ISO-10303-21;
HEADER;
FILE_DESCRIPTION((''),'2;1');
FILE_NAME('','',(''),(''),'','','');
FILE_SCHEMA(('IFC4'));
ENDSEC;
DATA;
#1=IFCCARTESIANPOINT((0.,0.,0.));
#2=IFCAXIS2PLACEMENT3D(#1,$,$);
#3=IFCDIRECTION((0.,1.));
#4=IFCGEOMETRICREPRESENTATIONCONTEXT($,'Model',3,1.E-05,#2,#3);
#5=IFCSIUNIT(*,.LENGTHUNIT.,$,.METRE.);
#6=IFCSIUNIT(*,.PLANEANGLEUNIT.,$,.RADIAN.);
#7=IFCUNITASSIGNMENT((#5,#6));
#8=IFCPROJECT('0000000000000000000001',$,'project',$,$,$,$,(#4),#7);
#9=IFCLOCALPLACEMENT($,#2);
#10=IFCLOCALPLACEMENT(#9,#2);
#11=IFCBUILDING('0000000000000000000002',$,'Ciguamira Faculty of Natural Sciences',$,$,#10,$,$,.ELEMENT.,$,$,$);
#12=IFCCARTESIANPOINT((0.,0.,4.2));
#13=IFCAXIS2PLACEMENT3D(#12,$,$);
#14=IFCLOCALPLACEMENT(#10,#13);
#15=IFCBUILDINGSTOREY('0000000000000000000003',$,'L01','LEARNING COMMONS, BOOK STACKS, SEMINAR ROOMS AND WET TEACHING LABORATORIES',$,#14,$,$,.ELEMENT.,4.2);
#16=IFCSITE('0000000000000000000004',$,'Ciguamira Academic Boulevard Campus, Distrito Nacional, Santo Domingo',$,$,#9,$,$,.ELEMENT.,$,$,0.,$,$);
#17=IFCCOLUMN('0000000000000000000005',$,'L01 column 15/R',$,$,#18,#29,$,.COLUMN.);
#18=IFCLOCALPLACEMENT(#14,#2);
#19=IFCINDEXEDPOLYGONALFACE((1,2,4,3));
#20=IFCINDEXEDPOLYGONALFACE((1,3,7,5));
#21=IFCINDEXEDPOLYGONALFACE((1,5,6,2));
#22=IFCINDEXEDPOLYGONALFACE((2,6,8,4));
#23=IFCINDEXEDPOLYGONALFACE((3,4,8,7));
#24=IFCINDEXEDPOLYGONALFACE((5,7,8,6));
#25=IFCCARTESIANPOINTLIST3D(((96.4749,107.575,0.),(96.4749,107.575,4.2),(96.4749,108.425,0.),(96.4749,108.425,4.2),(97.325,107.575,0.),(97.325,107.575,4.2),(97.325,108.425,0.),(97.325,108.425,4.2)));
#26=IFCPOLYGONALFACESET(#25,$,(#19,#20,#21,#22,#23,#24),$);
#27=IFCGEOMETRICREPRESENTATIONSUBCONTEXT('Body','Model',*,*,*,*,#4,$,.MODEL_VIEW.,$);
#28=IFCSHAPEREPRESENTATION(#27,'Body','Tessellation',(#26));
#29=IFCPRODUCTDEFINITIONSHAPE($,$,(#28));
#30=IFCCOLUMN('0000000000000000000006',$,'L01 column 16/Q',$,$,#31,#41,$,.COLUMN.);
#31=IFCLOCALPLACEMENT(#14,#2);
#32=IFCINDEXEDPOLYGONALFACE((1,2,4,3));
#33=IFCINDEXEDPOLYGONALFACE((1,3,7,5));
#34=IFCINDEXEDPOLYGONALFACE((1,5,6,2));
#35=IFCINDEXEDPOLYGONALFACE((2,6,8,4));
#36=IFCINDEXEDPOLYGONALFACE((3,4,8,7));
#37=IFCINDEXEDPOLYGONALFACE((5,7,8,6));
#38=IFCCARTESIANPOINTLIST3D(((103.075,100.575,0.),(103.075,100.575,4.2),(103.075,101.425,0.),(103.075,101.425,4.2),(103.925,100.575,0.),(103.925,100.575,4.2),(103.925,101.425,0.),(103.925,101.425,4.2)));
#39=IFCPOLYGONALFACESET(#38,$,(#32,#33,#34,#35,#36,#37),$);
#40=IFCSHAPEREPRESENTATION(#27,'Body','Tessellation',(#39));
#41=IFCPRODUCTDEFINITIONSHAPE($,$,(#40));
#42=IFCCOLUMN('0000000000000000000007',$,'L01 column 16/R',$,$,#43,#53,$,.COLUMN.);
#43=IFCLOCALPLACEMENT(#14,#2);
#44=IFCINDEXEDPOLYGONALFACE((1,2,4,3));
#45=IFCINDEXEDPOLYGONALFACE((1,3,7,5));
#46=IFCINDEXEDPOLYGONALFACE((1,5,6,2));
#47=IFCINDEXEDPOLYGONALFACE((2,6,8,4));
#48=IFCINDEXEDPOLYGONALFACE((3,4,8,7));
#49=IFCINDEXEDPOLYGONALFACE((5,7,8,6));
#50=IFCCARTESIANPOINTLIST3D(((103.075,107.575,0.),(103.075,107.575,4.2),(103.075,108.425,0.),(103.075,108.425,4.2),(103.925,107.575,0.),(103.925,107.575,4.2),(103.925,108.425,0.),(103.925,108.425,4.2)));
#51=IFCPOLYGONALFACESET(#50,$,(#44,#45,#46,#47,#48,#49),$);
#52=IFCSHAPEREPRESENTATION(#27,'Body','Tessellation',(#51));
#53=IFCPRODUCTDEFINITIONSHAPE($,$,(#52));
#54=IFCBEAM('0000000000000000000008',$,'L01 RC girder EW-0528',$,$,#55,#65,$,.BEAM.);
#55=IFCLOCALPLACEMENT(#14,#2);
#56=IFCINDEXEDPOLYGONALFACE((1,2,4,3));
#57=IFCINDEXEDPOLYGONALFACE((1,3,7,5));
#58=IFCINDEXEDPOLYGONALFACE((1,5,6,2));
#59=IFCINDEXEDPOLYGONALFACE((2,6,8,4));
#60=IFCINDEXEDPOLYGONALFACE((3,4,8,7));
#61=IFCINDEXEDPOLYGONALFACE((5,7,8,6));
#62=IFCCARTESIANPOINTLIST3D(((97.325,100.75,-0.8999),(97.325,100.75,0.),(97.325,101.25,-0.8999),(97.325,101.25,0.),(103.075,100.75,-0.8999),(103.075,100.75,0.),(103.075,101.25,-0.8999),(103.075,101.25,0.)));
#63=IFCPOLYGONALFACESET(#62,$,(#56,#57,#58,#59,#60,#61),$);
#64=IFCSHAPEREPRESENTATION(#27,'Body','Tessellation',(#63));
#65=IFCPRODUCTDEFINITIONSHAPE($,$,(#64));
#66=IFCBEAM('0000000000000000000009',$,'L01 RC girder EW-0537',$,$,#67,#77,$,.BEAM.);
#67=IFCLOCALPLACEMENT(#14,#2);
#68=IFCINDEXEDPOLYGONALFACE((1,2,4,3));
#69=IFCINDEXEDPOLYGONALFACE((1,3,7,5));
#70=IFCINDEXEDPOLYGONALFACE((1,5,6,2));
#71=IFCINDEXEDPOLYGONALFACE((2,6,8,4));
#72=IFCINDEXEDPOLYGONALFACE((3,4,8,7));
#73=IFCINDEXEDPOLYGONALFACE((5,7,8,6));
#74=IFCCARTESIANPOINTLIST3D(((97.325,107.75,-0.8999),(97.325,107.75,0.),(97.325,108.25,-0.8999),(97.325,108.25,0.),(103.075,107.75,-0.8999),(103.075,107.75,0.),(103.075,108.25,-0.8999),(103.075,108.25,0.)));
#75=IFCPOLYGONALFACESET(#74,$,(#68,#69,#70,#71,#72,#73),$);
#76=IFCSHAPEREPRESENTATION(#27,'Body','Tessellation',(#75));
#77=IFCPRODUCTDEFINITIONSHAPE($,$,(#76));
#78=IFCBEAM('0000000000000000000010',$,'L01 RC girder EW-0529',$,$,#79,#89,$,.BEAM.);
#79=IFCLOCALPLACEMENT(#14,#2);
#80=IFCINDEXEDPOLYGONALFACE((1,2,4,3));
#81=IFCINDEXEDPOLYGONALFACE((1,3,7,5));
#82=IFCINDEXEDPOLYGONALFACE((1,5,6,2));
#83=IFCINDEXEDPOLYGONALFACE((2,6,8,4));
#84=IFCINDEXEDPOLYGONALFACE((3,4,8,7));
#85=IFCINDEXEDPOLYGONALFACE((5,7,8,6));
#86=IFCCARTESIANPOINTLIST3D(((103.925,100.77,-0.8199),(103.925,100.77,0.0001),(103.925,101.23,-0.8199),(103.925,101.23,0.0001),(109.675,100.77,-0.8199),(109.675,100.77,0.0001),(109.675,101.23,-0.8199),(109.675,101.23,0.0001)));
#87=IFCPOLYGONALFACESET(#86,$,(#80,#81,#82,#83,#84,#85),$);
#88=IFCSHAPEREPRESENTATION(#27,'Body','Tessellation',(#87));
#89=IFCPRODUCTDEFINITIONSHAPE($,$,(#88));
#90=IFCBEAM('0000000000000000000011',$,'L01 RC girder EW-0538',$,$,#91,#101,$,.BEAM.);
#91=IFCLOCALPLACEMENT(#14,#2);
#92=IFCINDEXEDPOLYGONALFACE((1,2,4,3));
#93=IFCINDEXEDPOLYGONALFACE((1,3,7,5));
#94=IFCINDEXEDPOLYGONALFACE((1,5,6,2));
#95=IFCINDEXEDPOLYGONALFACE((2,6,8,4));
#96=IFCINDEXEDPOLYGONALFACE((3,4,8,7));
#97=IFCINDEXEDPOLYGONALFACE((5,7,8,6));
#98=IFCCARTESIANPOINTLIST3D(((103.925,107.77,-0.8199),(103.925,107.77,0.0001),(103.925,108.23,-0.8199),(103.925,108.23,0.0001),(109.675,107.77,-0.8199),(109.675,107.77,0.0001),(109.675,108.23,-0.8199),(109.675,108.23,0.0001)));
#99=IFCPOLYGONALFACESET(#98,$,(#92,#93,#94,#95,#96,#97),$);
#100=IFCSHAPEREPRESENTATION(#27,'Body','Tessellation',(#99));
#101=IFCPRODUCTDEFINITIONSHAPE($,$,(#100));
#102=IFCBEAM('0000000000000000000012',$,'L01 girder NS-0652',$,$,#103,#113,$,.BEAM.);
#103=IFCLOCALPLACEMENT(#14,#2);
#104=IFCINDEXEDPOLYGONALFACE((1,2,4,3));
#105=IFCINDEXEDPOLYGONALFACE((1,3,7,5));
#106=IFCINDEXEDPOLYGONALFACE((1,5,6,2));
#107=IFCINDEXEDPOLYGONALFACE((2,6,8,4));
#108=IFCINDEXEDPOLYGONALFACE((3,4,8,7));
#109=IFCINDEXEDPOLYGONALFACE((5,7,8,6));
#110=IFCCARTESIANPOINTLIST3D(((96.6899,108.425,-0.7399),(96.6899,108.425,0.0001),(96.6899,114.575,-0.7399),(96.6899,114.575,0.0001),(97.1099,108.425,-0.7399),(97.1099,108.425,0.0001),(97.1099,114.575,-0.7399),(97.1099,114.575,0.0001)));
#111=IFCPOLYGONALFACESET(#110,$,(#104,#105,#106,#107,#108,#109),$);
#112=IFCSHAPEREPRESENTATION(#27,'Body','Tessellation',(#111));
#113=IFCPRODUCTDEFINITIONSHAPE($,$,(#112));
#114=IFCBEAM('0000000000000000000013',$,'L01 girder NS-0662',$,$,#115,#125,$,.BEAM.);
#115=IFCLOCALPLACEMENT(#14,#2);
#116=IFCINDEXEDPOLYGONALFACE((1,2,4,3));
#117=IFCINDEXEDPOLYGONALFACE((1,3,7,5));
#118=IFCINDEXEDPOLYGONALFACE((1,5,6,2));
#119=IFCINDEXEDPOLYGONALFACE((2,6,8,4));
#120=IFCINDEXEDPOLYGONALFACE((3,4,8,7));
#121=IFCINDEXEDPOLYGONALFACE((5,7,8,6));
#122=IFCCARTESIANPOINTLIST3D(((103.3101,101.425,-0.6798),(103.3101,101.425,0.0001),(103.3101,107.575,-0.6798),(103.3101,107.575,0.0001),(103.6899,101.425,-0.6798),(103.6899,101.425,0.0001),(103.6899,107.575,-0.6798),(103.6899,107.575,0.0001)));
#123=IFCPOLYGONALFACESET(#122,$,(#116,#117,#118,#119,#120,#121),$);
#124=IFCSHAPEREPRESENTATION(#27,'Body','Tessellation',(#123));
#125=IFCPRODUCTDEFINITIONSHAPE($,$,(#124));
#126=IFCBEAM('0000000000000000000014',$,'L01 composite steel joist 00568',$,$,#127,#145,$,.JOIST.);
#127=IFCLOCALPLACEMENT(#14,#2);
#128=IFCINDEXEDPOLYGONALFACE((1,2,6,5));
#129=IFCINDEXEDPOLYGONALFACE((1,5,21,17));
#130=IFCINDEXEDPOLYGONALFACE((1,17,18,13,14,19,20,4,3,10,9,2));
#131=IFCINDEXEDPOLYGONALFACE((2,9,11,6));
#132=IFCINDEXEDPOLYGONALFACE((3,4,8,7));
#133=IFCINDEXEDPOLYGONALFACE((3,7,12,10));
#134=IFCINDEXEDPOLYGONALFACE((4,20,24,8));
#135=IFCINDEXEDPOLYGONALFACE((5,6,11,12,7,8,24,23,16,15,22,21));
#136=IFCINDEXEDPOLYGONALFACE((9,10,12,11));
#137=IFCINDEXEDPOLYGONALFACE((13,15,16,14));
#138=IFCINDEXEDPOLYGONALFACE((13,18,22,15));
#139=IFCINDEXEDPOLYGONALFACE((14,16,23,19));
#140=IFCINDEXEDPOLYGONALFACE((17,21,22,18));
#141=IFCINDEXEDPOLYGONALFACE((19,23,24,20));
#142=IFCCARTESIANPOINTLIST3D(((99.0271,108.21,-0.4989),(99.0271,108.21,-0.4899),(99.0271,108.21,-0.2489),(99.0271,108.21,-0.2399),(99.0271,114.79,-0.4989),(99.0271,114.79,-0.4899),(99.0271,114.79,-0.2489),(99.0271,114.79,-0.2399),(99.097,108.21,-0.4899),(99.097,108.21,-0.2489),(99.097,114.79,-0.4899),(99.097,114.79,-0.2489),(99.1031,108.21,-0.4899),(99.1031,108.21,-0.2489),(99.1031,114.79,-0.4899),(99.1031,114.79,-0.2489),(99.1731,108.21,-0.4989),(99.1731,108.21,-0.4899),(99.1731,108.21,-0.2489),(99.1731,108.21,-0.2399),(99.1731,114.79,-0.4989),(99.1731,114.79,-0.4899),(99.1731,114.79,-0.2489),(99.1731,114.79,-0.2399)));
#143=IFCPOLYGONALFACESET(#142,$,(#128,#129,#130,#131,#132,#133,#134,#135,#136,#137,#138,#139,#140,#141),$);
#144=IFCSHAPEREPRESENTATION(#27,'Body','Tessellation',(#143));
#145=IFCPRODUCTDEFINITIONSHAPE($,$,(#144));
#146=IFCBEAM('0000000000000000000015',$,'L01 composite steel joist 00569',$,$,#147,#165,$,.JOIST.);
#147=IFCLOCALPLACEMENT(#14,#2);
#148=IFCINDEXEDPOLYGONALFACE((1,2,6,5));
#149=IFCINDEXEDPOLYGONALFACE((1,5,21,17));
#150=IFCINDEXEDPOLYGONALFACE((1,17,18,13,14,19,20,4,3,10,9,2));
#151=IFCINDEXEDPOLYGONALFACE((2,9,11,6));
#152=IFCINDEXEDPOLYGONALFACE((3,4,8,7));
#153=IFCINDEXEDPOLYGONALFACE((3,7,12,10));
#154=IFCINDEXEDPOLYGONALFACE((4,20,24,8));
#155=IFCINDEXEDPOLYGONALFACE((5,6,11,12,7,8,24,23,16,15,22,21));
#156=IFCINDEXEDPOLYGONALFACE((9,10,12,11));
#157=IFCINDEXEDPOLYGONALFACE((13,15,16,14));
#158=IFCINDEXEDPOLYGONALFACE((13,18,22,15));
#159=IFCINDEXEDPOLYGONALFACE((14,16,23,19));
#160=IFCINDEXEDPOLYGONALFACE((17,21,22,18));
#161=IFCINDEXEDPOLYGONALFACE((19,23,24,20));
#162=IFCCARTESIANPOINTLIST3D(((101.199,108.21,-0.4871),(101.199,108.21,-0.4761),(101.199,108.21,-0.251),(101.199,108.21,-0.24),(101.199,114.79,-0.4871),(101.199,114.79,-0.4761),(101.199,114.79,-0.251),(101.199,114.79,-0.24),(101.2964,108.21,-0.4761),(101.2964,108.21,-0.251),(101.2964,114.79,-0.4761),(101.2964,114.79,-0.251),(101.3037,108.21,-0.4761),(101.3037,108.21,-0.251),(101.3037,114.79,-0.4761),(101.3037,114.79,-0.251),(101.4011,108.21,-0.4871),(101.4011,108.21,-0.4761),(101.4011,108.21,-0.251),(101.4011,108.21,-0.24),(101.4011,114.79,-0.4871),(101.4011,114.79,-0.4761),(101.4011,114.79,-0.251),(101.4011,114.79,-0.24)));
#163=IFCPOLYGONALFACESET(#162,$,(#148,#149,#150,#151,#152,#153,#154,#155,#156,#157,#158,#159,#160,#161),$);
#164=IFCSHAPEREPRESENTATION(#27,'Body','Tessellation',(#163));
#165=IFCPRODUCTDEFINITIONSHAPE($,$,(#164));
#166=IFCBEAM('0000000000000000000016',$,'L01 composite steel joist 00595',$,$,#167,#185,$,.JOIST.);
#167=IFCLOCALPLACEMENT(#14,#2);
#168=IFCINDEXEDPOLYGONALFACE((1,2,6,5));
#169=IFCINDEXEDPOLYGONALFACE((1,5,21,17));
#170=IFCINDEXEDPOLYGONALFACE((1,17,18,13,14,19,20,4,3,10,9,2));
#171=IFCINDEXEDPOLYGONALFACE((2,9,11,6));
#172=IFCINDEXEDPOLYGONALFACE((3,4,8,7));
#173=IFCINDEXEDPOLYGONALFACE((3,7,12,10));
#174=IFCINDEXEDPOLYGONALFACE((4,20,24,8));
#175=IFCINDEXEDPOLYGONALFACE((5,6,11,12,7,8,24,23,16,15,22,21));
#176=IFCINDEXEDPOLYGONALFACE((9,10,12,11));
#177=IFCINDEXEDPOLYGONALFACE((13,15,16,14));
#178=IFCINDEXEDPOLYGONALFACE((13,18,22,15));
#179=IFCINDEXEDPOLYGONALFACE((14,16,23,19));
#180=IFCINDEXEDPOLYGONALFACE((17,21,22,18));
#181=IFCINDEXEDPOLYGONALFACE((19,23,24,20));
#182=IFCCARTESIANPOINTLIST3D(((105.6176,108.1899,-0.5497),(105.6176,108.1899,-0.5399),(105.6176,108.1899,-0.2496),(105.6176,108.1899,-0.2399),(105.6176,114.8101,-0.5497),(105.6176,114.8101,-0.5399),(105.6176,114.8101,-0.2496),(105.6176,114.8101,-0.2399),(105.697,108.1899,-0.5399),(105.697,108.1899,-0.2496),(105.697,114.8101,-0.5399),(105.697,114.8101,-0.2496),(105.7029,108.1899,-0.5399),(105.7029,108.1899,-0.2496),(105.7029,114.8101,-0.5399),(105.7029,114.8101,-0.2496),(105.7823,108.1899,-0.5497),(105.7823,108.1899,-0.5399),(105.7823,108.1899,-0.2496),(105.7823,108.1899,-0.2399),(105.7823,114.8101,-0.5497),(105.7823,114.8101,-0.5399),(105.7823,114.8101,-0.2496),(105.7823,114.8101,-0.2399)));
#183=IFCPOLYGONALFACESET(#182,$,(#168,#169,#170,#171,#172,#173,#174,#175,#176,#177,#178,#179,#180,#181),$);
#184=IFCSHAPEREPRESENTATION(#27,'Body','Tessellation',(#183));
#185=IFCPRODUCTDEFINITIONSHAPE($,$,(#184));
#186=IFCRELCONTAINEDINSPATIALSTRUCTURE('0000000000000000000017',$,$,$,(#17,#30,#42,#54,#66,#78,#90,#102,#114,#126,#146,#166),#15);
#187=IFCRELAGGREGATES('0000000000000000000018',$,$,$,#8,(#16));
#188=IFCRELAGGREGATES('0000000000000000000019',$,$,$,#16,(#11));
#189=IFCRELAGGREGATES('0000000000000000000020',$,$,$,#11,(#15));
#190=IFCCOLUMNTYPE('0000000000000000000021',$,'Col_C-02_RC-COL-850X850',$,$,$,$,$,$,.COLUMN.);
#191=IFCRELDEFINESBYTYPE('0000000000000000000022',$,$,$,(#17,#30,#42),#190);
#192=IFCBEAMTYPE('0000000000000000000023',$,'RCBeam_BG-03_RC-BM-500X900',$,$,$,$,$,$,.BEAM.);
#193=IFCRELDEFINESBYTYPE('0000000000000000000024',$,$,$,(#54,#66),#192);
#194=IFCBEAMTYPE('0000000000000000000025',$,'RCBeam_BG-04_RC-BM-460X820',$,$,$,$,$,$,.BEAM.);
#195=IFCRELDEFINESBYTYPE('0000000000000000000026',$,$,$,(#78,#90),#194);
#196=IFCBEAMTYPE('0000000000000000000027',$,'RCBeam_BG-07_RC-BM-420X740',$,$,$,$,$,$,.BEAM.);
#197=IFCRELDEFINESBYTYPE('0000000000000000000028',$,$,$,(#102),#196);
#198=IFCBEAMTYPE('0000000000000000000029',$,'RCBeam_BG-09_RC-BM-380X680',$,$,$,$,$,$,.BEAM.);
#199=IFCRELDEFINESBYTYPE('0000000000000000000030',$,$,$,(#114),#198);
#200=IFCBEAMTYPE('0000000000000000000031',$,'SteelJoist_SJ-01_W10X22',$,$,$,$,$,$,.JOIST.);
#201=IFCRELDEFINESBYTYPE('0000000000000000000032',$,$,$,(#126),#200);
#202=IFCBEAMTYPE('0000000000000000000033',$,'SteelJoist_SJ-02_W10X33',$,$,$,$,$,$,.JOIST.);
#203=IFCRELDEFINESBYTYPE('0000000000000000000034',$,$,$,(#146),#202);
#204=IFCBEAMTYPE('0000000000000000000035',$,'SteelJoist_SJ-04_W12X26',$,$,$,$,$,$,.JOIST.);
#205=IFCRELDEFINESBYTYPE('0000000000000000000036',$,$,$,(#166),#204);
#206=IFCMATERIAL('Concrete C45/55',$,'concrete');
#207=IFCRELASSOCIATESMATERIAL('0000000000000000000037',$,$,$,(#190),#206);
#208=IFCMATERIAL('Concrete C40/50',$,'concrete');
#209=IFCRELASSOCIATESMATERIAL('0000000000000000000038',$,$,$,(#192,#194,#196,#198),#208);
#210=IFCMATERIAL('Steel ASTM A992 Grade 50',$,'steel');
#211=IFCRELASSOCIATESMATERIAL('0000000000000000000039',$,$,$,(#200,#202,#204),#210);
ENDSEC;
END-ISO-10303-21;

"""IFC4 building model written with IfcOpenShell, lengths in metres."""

from ifc_helpers import new_model, si_unit, direction, frame, origin, origin_2d, place, context, subcontext, project, spatial, rectangle, i_section, extrude, material, material_profile, profile_set, type_object, element, save


model = new_model("IFC4")

# Units and contexts
model_context = context("Model", 3, precision=1e-05, world=origin(), true_north=direction((0.0, 1.0)))
body_context = subcontext(model_context, "Body", "Model", "MODEL_VIEW")
ifc_project = project(units=[si_unit("LENGTHUNIT", "METRE"), si_unit("PLANEANGLEUNIT", "RADIAN")], contexts=[model_context])

# Site, building, storey
site_placement = place(None, origin())
site = spatial("IfcSite", under=ifc_project, at=site_placement, Name="Ciguamira Academic Boulevard Campus, Distrito Nacional, Santo Domingo", CompositionType="ELEMENT", RefElevation=0.0)
building_placement = place(site_placement, origin())
building = spatial("IfcBuilding", under=site, at=building_placement, Name="Ciguamira Faculty of Natural Sciences", CompositionType="ELEMENT")
storey_placement = place(building_placement, frame((0.0, 0.0, 4.2)))
storey = spatial("IfcBuildingStorey", under=building, at=storey_placement, Name="L01", Description="LEARNING COMMONS, BOOK STACKS, SEMINAR ROOMS AND WET TEACHING LABORATORIES", CompositionType="ELEMENT", Elevation=4.2)

# Columns
ifc_material_1 = material(Name="Concrete C45/55", Category="concrete")
ifc_material_profile_1 = material_profile(ifc_material_1, rectangle(XDim=0.8501, YDim=0.8501, at=origin_2d()), Name="RC-COL-850X850")
ifc_profile_set_1 = profile_set([ifc_material_profile_1], Name="Concrete C45/55")
column_type = type_object("IfcColumnType", Name="Col_C-02_RC-COL-850X850", PredefinedType="COLUMN", material=ifc_profile_set_1)
for number, where, z_axis, x_axis, name in (
    (1, (96.8999, 108.0, 0.0), (0.0, 0.0, 1.0), (1.0, 0.0, 0.0), "L01 column 15/R"),
    (2, (103.5, 101.0, 0.0), (0.0, 0.0, 1.0), (1.0, 0.0, 0.0), "L01 column 16/Q"),
    (3, (103.5, 108.0, 0.0), (0.0, 0.0, 1.0), (1.0, 0.0, 0.0), "L01 column 16/R"),
):
    element("IfcColumn", number, at=place(storey_placement, frame(where, z_axis=z_axis, x_axis=x_axis)), inside=storey, type_object=column_type, Name=name, PredefinedType="COLUMN", context=body_context, shape_type="SweptSolid", body=[
        extrude(rectangle(XDim=0.8501, YDim=0.8501, at=origin_2d()), origin(), (0.0, 0.0, 1.0), 4.2),
    ])

# Beams
ifc_material_2 = material(Name="Concrete C40/50", Category="concrete")
ifc_material_profile_2 = material_profile(ifc_material_2, rectangle(XDim=0.5, YDim=0.8999, at=origin_2d()), Name="RC-BM-500X900")
ifc_profile_set_2 = profile_set([ifc_material_profile_2], Name="Concrete C40/50")
beam_type_1 = type_object("IfcBeamType", Name="RCBeam_BG-03_RC-BM-500X900", PredefinedType="BEAM", material=ifc_profile_set_2)
for number, where, z_axis, x_axis, name in (
    (4, (97.325, 101.0, -0.45), (1.0, 0.0, 0.0), (0.0, 1.0, 0.0), "L01 RC girder EW-0528"),
    (5, (97.325, 108.0, -0.45), (1.0, 0.0, 0.0), (0.0, 1.0, 0.0), "L01 RC girder EW-0537"),
):
    element("IfcBeam", number, at=place(storey_placement, frame(where, z_axis=z_axis, x_axis=x_axis)), inside=storey, type_object=beam_type_1, Name=name, PredefinedType="BEAM", context=body_context, shape_type="SweptSolid", body=[
        extrude(rectangle(XDim=0.5, YDim=0.8999, at=origin_2d()), origin(), (0.0, 0.0, 1.0), 5.75),
    ])
ifc_material_profile_3 = material_profile(ifc_material_2, rectangle(XDim=0.46, YDim=0.8201, at=origin_2d()), Name="RC-BM-460X820")
ifc_profile_set_3 = profile_set([ifc_material_profile_3], Name="Concrete C40/50")
beam_type_2 = type_object("IfcBeamType", Name="RCBeam_BG-04_RC-BM-460X820", PredefinedType="BEAM", material=ifc_profile_set_3)
for number, where, z_axis, x_axis, name in (
    (6, (103.925, 101.0, -0.4099), (1.0, 0.0, 0.0), (0.0, 1.0, 0.0), "L01 RC girder EW-0529"),
    (7, (103.925, 108.0, -0.4099), (1.0, 0.0, 0.0), (0.0, 1.0, 0.0), "L01 RC girder EW-0538"),
):
    element("IfcBeam", number, at=place(storey_placement, frame(where, z_axis=z_axis, x_axis=x_axis)), inside=storey, type_object=beam_type_2, Name=name, PredefinedType="BEAM", context=body_context, shape_type="SweptSolid", body=[
        extrude(rectangle(XDim=0.46, YDim=0.8201, at=origin_2d()), origin(), (0.0, 0.0, 1.0), 5.75),
    ])
ifc_material_profile_4 = material_profile(ifc_material_2, rectangle(XDim=0.4199, YDim=0.74, at=origin_2d()), Name="RC-BM-420X740")
ifc_profile_set_4 = profile_set([ifc_material_profile_4], Name="Concrete C40/50")
beam_type_3 = type_object("IfcBeamType", Name="RCBeam_BG-07_RC-BM-420X740", PredefinedType="BEAM", material=ifc_profile_set_4)
beam_1_placement = place(storey_placement, frame((96.8999, 108.425, -0.3699), z_axis=(0.0, 1.0, 0.0), x_axis=(-1.0, 0.0, 0.0)))
element("IfcBeam", 8, at=beam_1_placement, inside=storey, type_object=beam_type_3, Name="L01 girder NS-0652", PredefinedType="BEAM", context=body_context, shape_type="SweptSolid", body=[
    extrude(rectangle(XDim=0.4199, YDim=0.74, at=origin_2d()), origin(), (0.0, 0.0, 1.0), 6.1499),
])
ifc_material_profile_5 = material_profile(ifc_material_2, rectangle(XDim=0.3799, YDim=0.6799, at=origin_2d()), Name="RC-BM-380X680")
ifc_profile_set_5 = profile_set([ifc_material_profile_5], Name="Concrete C40/50")
beam_type_4 = type_object("IfcBeamType", Name="RCBeam_BG-09_RC-BM-380X680", PredefinedType="BEAM", material=ifc_profile_set_5)
beam_2_placement = place(storey_placement, frame((103.5, 101.425, -0.3398), z_axis=(0.0, 1.0, 0.0), x_axis=(-1.0, 0.0, 0.0)))
element("IfcBeam", 9, at=beam_2_placement, inside=storey, type_object=beam_type_4, Name="L01 girder NS-0662", PredefinedType="BEAM", context=body_context, shape_type="SweptSolid", body=[
    extrude(rectangle(XDim=0.3799, YDim=0.6799, at=origin_2d()), origin(), (0.0, 0.0, 1.0), 6.1499),
])
ifc_material_3 = material(Name="Steel ASTM A992 Grade 50", Category="steel")
ifc_material_profile_6 = material_profile(ifc_material_3, i_section(OverallWidth=0.146, OverallDepth=0.259, WebThickness=0.0061, FlangeThickness=0.009, at=origin_2d()), Name="W10X22")
ifc_profile_set_6 = profile_set([ifc_material_profile_6], Name="Steel ASTM A992 Grade 50")
beam_type_5 = type_object("IfcBeamType", Name="SteelJoist_SJ-01_W10X22", PredefinedType="JOIST", material=ifc_profile_set_6)
beam_3_placement = place(storey_placement, frame((99.1001, 108.21, -0.3694), z_axis=(0.0, 1.0, 0.0), x_axis=(-1.0, 0.0, 0.0)))
element("IfcBeam", 10, at=beam_3_placement, inside=storey, type_object=beam_type_5, Name="L01 composite steel joist 00568", PredefinedType="JOIST", context=body_context, shape_type="SweptSolid", body=[
    extrude(i_section(OverallWidth=0.146, OverallDepth=0.259, WebThickness=0.0061, FlangeThickness=0.009, at=origin_2d()), origin(), (0.0, 0.0, 1.0), 6.5801),
])
ifc_material_profile_7 = material_profile(ifc_material_3, i_section(OverallWidth=0.2021, OverallDepth=0.2471, WebThickness=0.0073, FlangeThickness=0.011, at=origin_2d()), Name="W10X33")
ifc_profile_set_7 = profile_set([ifc_material_profile_7], Name="Steel ASTM A992 Grade 50")
beam_type_6 = type_object("IfcBeamType", Name="SteelJoist_SJ-02_W10X33", PredefinedType="JOIST", material=ifc_profile_set_7)
beam_4_placement = place(storey_placement, frame((101.3, 108.21, -0.3635), z_axis=(0.0, 1.0, 0.0), x_axis=(-1.0, 0.0, 0.0)))
element("IfcBeam", 11, at=beam_4_placement, inside=storey, type_object=beam_type_6, Name="L01 composite steel joist 00569", PredefinedType="JOIST", context=body_context, shape_type="SweptSolid", body=[
    extrude(i_section(OverallWidth=0.2021, OverallDepth=0.2471, WebThickness=0.0073, FlangeThickness=0.011, at=origin_2d()), origin(), (0.0, 0.0, 1.0), 6.5801),
])
ifc_material_profile_8 = material_profile(ifc_material_3, i_section(OverallWidth=0.1648, OverallDepth=0.3098, WebThickness=0.0059, FlangeThickness=0.0098, at=origin_2d()), Name="W12X26")
ifc_profile_set_8 = profile_set([ifc_material_profile_8], Name="Steel ASTM A992 Grade 50")
beam_type_7 = type_object("IfcBeamType", Name="SteelJoist_SJ-04_W12X26", PredefinedType="JOIST", material=ifc_profile_set_8)
beam_5_placement = place(storey_placement, frame((105.7, 108.1899, -0.3948), z_axis=(0.0, 1.0, 0.0), x_axis=(-1.0, 0.0, 0.0)))
element("IfcBeam", 12, at=beam_5_placement, inside=storey, type_object=beam_type_7, Name="L01 composite steel joist 00595", PredefinedType="JOIST", context=body_context, shape_type="SweptSolid", body=[
    extrude(i_section(OverallWidth=0.1648, OverallDepth=0.3098, WebThickness=0.0059, FlangeThickness=0.0098, at=origin_2d()), origin(), (0.0, 0.0, 1.0), 6.6201),
])

save(model, "model.ifc")
